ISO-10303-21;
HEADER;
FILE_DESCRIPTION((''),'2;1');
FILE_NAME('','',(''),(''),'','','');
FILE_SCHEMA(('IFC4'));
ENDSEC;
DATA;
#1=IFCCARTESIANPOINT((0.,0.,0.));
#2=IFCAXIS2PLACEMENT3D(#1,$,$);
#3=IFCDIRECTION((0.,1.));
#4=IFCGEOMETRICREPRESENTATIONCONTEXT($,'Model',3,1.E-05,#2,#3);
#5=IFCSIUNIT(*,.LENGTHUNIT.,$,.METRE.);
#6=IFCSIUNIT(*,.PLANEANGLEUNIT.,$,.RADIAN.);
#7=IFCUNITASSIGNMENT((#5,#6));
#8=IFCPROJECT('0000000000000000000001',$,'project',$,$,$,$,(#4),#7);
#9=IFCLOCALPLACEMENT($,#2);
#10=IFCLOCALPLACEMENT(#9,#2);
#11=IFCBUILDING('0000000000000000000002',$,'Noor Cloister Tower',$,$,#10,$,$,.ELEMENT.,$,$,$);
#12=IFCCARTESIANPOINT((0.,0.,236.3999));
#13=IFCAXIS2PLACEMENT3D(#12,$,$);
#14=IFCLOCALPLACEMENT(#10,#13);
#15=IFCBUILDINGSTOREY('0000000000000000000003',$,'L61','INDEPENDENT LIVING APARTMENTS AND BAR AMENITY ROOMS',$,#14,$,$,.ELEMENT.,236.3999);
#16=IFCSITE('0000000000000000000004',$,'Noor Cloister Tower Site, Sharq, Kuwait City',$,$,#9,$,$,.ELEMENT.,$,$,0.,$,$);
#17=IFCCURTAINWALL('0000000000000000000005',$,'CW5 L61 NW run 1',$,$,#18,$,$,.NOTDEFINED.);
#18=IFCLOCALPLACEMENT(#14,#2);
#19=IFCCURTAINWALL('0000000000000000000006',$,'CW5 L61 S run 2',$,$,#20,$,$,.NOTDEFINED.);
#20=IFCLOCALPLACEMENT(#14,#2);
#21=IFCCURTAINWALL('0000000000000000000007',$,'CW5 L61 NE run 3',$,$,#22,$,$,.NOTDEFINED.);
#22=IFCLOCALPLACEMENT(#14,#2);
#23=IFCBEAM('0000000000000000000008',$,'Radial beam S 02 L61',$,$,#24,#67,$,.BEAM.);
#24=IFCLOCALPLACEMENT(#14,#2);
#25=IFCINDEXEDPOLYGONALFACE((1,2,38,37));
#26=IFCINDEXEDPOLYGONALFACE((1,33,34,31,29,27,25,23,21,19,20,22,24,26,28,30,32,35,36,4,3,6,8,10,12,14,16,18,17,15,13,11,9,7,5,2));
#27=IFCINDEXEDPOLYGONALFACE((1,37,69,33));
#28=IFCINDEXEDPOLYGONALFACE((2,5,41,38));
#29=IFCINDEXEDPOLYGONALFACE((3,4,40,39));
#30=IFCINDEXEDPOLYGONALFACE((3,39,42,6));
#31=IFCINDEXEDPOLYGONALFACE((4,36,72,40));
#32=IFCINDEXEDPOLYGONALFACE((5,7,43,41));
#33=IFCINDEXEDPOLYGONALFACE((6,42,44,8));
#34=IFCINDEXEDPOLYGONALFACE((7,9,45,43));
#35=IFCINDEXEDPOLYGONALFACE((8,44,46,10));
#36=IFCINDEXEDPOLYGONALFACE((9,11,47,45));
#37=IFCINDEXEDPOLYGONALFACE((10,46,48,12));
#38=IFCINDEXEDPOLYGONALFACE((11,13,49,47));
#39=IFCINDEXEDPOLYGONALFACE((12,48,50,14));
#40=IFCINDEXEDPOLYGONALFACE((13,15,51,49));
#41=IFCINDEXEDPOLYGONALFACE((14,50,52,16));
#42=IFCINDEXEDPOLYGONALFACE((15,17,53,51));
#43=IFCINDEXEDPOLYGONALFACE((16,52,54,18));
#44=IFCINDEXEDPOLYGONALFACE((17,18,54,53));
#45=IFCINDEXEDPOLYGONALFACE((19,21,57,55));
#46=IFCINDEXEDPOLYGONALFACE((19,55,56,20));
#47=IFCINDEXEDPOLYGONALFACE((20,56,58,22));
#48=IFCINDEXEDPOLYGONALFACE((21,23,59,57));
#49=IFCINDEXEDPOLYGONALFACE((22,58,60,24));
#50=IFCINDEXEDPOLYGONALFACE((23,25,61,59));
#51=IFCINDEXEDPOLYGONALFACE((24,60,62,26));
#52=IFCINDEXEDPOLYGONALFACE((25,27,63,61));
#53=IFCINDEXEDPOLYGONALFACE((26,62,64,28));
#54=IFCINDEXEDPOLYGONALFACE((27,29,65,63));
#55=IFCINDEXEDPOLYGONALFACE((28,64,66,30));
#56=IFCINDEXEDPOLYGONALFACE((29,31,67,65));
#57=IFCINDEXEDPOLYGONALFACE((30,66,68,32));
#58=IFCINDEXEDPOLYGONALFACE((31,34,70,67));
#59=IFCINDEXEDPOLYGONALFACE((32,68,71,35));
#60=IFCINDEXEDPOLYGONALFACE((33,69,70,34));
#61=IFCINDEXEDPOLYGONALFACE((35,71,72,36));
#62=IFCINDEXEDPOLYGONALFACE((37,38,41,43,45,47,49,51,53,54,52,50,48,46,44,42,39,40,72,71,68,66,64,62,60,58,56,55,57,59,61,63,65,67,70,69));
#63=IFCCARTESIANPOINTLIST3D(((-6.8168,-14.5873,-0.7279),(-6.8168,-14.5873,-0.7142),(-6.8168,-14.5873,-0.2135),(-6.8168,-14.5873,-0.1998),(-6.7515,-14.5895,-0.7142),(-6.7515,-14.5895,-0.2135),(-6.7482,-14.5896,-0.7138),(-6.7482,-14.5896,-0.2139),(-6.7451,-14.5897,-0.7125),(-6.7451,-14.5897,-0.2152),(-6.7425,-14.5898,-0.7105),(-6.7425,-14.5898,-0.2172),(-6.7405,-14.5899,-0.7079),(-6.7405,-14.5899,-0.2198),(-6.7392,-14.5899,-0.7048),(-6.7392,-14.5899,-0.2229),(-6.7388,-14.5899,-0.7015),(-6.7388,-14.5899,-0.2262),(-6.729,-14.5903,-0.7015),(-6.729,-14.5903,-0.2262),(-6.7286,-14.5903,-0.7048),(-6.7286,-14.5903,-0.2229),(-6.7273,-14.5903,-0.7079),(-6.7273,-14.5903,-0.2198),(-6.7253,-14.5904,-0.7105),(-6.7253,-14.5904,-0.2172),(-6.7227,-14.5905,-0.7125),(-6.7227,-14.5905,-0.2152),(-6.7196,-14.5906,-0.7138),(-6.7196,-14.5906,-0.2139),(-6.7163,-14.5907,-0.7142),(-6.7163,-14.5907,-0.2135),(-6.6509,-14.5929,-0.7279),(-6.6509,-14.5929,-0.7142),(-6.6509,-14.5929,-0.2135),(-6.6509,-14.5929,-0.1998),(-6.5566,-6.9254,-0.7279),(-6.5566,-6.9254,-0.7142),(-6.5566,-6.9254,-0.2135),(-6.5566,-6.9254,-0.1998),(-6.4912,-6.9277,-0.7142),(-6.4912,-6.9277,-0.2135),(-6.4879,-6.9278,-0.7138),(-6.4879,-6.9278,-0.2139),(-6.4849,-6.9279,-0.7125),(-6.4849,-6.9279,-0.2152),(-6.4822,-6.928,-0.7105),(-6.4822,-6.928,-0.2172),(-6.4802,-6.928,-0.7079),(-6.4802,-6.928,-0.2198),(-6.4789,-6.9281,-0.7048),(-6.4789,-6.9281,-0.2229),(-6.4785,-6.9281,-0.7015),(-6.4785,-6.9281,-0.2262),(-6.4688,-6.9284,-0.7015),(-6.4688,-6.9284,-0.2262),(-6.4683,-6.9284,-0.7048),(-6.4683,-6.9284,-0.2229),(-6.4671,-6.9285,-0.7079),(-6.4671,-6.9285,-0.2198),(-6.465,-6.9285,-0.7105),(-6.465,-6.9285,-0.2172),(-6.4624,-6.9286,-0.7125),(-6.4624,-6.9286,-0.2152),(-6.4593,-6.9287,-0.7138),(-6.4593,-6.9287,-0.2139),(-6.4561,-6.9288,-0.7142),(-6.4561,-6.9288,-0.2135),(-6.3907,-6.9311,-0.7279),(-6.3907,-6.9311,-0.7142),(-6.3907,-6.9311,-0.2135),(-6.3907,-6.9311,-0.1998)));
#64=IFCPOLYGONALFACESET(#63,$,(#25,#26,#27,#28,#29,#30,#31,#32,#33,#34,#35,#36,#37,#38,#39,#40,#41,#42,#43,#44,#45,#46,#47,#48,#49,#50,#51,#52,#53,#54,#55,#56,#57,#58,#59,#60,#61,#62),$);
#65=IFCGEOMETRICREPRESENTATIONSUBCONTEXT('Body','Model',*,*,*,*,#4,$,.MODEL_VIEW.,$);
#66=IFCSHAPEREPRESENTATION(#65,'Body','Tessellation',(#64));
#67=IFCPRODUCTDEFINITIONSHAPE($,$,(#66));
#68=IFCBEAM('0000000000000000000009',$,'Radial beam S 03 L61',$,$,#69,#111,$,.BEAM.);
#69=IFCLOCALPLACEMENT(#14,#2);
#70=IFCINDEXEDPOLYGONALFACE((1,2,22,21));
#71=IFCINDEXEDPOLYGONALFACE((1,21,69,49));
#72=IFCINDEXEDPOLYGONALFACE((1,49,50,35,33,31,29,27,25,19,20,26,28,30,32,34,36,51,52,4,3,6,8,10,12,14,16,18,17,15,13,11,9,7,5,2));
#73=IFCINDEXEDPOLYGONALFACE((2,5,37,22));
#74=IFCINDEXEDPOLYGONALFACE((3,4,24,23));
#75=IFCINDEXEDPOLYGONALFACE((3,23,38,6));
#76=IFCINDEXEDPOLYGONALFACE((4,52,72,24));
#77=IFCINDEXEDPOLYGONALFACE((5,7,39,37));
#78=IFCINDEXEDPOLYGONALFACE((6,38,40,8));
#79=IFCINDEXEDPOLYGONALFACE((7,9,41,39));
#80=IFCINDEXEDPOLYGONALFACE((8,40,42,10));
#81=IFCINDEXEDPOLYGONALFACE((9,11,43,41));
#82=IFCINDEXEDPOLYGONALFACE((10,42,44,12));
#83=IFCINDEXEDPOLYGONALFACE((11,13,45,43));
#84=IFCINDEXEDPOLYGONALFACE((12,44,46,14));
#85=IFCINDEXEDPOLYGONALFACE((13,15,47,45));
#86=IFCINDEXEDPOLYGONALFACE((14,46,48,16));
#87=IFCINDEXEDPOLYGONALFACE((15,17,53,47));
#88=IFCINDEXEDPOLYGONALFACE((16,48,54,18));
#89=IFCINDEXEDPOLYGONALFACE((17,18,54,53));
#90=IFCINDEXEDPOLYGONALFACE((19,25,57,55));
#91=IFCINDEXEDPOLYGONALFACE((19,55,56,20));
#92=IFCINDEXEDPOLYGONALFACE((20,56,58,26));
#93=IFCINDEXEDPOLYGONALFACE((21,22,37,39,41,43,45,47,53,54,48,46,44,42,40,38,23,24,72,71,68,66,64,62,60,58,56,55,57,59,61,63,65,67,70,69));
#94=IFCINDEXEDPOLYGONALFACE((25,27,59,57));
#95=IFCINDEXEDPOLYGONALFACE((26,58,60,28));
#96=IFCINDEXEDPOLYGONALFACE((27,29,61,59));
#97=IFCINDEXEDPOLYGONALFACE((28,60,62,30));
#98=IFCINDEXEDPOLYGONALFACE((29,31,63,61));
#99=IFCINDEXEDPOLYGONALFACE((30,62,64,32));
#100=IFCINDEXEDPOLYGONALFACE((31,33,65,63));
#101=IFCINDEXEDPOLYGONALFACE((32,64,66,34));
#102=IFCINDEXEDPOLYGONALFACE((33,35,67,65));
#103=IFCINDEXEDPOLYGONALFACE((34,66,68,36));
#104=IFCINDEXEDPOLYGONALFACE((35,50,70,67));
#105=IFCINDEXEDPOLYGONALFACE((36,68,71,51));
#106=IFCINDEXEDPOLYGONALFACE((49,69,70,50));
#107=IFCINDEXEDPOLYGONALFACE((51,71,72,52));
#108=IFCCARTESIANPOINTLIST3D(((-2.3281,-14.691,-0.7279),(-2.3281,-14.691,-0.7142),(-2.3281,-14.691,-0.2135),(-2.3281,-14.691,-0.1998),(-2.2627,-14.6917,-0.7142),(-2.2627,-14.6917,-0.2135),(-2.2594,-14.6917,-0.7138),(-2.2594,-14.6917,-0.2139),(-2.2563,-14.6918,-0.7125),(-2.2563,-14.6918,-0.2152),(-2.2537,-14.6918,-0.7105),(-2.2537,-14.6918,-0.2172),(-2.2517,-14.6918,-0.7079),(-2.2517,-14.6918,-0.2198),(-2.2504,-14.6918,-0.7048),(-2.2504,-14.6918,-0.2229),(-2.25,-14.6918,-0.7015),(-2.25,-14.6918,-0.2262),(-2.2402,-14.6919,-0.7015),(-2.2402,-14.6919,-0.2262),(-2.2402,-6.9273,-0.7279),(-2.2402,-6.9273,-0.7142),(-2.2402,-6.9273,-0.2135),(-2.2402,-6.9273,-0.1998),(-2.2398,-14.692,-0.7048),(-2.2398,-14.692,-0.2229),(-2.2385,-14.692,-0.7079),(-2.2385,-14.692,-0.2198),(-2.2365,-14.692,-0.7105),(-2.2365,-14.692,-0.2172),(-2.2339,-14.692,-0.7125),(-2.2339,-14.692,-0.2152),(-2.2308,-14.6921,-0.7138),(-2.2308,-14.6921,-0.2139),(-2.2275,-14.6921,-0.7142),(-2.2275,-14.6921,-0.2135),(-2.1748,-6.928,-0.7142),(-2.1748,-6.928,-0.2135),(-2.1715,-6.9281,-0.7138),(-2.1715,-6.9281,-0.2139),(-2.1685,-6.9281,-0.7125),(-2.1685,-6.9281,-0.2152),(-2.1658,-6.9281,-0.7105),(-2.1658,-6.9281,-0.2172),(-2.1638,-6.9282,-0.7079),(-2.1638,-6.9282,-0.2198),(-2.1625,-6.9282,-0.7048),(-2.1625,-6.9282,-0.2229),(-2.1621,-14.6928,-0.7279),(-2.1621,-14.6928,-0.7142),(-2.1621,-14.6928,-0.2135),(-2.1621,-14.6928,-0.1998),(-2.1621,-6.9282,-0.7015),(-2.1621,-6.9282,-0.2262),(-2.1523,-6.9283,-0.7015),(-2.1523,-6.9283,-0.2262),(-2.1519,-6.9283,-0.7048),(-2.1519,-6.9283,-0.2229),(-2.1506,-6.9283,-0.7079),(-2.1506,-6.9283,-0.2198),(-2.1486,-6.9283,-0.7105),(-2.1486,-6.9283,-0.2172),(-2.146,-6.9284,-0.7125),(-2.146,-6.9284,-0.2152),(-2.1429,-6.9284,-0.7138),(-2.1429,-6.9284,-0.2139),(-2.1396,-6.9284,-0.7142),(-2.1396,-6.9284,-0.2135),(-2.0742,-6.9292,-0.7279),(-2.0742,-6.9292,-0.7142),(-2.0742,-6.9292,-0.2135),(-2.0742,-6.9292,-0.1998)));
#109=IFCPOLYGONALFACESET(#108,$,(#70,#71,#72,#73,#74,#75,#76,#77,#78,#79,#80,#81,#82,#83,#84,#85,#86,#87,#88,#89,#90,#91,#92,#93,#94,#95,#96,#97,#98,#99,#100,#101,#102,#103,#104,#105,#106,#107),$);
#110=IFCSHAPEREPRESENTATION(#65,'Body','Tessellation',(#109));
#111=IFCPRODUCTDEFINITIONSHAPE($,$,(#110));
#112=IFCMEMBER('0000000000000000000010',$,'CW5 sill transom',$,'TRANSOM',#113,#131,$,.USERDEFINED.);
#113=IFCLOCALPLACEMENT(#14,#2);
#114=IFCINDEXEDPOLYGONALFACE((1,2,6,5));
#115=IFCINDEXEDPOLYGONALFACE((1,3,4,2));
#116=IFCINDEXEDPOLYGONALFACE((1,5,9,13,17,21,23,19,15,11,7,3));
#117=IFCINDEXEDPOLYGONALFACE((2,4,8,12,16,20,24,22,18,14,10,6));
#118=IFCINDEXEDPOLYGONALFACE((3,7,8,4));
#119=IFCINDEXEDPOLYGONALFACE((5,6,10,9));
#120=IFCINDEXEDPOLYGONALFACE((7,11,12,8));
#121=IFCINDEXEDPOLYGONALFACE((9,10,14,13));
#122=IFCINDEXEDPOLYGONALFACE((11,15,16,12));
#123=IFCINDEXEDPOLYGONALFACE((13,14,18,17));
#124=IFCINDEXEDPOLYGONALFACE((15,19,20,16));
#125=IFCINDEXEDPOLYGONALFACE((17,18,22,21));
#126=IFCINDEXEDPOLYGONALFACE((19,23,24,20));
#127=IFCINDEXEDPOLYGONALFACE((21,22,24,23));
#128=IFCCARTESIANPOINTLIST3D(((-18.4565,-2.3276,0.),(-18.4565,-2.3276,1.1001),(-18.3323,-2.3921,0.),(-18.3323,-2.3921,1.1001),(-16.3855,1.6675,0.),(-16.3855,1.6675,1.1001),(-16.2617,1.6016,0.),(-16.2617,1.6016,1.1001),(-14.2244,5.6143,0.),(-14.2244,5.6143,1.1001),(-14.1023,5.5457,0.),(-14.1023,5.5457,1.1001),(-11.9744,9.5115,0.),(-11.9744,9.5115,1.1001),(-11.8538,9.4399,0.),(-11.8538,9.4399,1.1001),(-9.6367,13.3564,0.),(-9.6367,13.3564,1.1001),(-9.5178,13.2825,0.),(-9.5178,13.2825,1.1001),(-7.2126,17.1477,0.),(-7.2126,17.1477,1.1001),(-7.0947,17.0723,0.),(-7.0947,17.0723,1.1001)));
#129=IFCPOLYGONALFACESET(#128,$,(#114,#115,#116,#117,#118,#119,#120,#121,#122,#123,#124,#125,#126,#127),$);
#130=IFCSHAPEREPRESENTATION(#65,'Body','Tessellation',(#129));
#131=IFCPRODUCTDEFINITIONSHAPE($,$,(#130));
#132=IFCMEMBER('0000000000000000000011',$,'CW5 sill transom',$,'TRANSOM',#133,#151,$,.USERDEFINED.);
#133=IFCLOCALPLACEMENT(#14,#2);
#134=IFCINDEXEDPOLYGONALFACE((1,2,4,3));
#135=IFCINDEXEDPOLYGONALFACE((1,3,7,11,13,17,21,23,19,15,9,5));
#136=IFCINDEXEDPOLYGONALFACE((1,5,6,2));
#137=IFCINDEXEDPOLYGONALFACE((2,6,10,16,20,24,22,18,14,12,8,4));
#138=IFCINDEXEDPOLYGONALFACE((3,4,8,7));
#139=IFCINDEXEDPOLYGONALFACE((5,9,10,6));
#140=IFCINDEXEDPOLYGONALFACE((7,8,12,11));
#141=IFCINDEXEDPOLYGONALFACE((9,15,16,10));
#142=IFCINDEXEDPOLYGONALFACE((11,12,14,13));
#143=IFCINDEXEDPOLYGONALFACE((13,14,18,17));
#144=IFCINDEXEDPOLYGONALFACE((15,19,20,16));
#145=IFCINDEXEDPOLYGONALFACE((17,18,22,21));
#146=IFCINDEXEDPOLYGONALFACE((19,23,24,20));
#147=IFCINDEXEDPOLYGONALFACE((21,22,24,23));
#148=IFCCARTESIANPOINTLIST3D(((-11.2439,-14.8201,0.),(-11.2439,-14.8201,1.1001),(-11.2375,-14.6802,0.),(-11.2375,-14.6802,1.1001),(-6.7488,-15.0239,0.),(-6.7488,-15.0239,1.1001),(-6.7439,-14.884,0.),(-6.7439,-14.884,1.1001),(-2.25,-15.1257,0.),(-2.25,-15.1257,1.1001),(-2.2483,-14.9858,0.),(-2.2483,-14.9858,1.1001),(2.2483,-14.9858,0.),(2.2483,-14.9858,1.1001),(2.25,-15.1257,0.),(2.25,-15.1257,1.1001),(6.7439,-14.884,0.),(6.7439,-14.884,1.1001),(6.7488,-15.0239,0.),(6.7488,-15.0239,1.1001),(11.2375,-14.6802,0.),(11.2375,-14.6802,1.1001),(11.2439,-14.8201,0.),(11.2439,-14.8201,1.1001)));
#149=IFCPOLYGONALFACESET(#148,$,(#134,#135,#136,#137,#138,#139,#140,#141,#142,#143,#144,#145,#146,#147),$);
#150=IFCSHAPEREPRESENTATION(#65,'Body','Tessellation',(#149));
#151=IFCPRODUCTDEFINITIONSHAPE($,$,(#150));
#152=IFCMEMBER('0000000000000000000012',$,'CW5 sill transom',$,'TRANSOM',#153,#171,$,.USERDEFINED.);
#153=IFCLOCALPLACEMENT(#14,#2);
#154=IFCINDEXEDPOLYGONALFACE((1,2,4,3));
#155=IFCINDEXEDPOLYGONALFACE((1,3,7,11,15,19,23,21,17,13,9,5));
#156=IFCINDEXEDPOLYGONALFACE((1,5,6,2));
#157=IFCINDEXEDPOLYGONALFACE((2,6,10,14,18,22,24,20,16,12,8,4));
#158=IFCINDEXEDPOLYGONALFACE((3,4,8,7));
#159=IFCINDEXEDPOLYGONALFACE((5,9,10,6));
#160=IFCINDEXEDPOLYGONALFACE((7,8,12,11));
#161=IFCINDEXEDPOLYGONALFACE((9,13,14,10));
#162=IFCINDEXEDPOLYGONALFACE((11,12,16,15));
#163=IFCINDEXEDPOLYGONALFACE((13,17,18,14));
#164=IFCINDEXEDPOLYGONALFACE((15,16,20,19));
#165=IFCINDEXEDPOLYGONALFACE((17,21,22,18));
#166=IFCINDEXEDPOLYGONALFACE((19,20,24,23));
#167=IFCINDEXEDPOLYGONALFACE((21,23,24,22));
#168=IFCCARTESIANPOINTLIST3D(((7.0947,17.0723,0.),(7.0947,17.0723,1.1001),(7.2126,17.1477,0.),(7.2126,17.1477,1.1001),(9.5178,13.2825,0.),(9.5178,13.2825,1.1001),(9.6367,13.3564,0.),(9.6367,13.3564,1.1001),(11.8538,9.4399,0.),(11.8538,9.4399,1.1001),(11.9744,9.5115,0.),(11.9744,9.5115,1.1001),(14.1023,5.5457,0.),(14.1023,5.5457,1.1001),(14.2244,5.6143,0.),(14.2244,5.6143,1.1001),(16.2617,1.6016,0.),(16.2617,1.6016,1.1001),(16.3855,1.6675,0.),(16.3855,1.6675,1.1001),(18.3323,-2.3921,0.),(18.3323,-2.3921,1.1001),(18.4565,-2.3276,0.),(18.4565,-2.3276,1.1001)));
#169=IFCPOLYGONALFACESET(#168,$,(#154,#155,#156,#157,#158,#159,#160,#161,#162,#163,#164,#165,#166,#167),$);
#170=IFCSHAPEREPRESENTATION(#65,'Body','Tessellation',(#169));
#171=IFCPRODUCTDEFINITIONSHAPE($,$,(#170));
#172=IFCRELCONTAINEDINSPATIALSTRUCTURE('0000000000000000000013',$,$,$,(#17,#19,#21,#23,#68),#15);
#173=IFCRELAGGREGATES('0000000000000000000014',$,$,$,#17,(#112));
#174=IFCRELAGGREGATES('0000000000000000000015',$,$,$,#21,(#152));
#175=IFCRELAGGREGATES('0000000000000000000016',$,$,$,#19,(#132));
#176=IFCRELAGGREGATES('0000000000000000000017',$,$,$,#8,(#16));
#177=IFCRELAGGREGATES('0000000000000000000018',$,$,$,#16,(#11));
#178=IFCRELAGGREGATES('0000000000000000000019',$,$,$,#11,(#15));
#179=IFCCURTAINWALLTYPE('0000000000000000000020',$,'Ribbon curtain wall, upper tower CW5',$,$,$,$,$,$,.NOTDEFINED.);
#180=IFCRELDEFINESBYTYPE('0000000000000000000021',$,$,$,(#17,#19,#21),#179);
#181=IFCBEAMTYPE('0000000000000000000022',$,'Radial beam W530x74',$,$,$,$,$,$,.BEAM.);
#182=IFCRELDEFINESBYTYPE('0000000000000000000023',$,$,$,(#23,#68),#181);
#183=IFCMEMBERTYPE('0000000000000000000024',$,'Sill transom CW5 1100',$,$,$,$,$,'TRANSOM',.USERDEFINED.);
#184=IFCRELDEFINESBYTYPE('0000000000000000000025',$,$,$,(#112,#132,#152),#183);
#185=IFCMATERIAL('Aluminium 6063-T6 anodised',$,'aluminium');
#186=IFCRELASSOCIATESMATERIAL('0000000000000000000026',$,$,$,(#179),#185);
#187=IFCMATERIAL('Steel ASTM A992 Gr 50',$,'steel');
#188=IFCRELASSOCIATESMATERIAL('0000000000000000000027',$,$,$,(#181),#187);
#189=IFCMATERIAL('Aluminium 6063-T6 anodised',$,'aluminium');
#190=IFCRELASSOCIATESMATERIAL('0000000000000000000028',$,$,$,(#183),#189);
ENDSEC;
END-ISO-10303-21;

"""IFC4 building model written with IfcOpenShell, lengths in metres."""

from ifc_helpers import new_model, si_unit, direction, frame, origin, origin_2d, place, context, subcontext, project, spatial, polyline, i_section, outline, extrude, material, material_profile, profile_set, type_object, element, aggregate, save


model = new_model("IFC4")

# Units and contexts
model_context = context("Model", 3, precision=1e-05, world=origin(), true_north=direction((0.0, 1.0)))
body_context = subcontext(model_context, "Body", "Model", "MODEL_VIEW")
ifc_project = project(units=[si_unit("LENGTHUNIT", "METRE"), si_unit("PLANEANGLEUNIT", "RADIAN")], contexts=[model_context])

# Site, building, storey
site_placement = place(None, origin())
site = spatial("IfcSite", under=ifc_project, at=site_placement, Name="Noor Cloister Tower Site, Sharq, Kuwait City", CompositionType="ELEMENT", RefElevation=0.0)
building_placement = place(site_placement, origin())
building = spatial("IfcBuilding", under=site, at=building_placement, Name="Noor Cloister Tower", CompositionType="ELEMENT")
storey_placement = place(building_placement, frame((0.0, 0.0, 236.3999)))
storey = spatial("IfcBuildingStorey", under=building, at=storey_placement, Name="L61", Description="INDEPENDENT LIVING APARTMENTS AND BAR AMENITY ROOMS", CompositionType="ELEMENT", Elevation=236.3999)

# Curtain walls
ifc_material_1 = material(Name="Aluminium 6063-T6 anodised", Category="aluminium")
curtain_wall_type = type_object("IfcCurtainWallType", Name="Ribbon curtain wall, upper tower CW5", PredefinedType="NOTDEFINED", material=ifc_material_1)
curtain_wall_1_placement = place(storey_placement, origin())
curtain_wall_1 = element("IfcCurtainWall", 1, at=curtain_wall_1_placement, inside=storey, type_object=curtain_wall_type, Name="CW5 L61 NW run 1", PredefinedType="NOTDEFINED")
curtain_wall_2_placement = place(storey_placement, origin())
curtain_wall_2 = element("IfcCurtainWall", 2, at=curtain_wall_2_placement, inside=storey, type_object=curtain_wall_type, Name="CW5 L61 S run 2", PredefinedType="NOTDEFINED")
curtain_wall_3_placement = place(storey_placement, origin())
curtain_wall_3 = element("IfcCurtainWall", 3, at=curtain_wall_3_placement, inside=storey, type_object=curtain_wall_type, Name="CW5 L61 NE run 3", PredefinedType="NOTDEFINED")

# Beams
ifc_material_2 = material(Name="Steel ASTM A992 Gr 50", Category="steel")
ifc_material_profile_1 = material_profile(ifc_material_2, i_section(OverallWidth=0.166, OverallDepth=0.5281, WebThickness=0.0098, FlangeThickness=0.0137, FilletRadius=0.0127, at=origin_2d()), Name="W530x74")
ifc_profile_set_1 = profile_set([ifc_material_profile_1], Name="Steel ASTM A992 Gr 50")
beam_type_1 = type_object("IfcBeamType", Name="Radial beam W530x74", PredefinedType="BEAM", material=ifc_profile_set_1)
beam_1_placement = place(storey_placement, frame((-6.7339, -14.5901, -0.4639), z_axis=(0.033948, 0.999424, 0.0), x_axis=(-0.999424, 0.033948, 0.0)))
element("IfcBeam", 4, at=beam_1_placement, inside=storey, type_object=beam_type_1, Name="Radial beam S 02 L61", PredefinedType="BEAM", context=body_context, shape_type="SweptSolid", body=[
    extrude(i_section(OverallWidth=0.166, OverallDepth=0.5281, WebThickness=0.0098, FlangeThickness=0.0137, FilletRadius=0.0127, at=origin_2d()), origin(), (0.0, 0.0, 1.0), 7.6663),
])
beam_2_placement = place(storey_placement, frame((-2.2451, -14.6919, -0.4639), z_axis=(0.01132, 0.999936, 0.0), x_axis=(-0.999936, 0.01132, 0.0)))
element("IfcBeam", 5, at=beam_2_placement, inside=storey, type_object=beam_type_1, Name="Radial beam S 03 L61", PredefinedType="BEAM", context=body_context, shape_type="SweptSolid", body=[
    extrude(i_section(OverallWidth=0.166, OverallDepth=0.5281, WebThickness=0.0098, FlangeThickness=0.0137, FilletRadius=0.0127, at=origin_2d()), origin(), (0.0, 0.0, 1.0), 7.7642),
])

# Members
ifc_material_3 = material(Name="Aluminium 6063-T6 anodised", Category="aluminium")
member_type_1 = type_object("IfcMemberType", Name="Sill transom CW5 1100", ElementType="TRANSOM", PredefinedType="USERDEFINED", material=ifc_material_3)
member_1_placement = place(storey_placement, origin())
member_1 = element("IfcMember", 6, at=member_1_placement, type_object=member_type_1, Name="CW5 sill transom", ObjectType="TRANSOM", PredefinedType="USERDEFINED", context=body_context, shape_type="SweptSolid", body=[
    extrude(outline(polyline([(-7.2126, 17.1477), (-9.6367, 13.3564), (-11.9744, 9.5115), (-14.2244, 5.6143), (-16.3855, 1.6675), (-18.4565, -2.3276), (-18.3323, -2.3921), (-16.2617, 1.6016), (-14.1023, 5.5457), (-11.8538, 9.4399), (-9.5178, 13.2825), (-7.0947, 17.0723), (-7.2126, 17.1477)])), origin(), (0.0, 0.0, 1.0), 1.1001),
])
aggregate(curtain_wall_1, [member_1])
member_2_placement = place(storey_placement, origin())
member_2 = element("IfcMember", 7, at=member_2_placement, type_object=member_type_1, Name="CW5 sill transom", ObjectType="TRANSOM", PredefinedType="USERDEFINED", context=body_context, shape_type="SweptSolid", body=[
    extrude(outline(polyline([(-11.2439, -14.8201), (-6.7488, -15.0239), (-2.25, -15.1257), (2.25, -15.1257), (6.7488, -15.0239), (11.2439, -14.8201), (11.2375, -14.6802), (6.7439, -14.884), (2.2483, -14.9858), (-2.2483, -14.9858), (-6.7439, -14.884), (-11.2375, -14.6802), (-11.2439, -14.8201)])), origin(), (0.0, 0.0, 1.0), 1.1001),
])
member_3_placement = place(storey_placement, origin())
member_3 = element("IfcMember", 8, at=member_3_placement, type_object=member_type_1, Name="CW5 sill transom", ObjectType="TRANSOM", PredefinedType="USERDEFINED", context=body_context, shape_type="SweptSolid", body=[
    extrude(outline(polyline([(18.4565, -2.3276), (16.3855, 1.6675), (14.2244, 5.6143), (11.9744, 9.5115), (9.6367, 13.3564), (7.2126, 17.1477), (7.0947, 17.0723), (9.5178, 13.2825), (11.8538, 9.4399), (14.1023, 5.5457), (16.2617, 1.6016), (18.3323, -2.3921), (18.4565, -2.3276)])), origin(), (0.0, 0.0, 1.0), 1.1001),
])
aggregate(curtain_wall_3, [member_3])

aggregate(curtain_wall_2, [member_2])

save(model, "model.ifc")
